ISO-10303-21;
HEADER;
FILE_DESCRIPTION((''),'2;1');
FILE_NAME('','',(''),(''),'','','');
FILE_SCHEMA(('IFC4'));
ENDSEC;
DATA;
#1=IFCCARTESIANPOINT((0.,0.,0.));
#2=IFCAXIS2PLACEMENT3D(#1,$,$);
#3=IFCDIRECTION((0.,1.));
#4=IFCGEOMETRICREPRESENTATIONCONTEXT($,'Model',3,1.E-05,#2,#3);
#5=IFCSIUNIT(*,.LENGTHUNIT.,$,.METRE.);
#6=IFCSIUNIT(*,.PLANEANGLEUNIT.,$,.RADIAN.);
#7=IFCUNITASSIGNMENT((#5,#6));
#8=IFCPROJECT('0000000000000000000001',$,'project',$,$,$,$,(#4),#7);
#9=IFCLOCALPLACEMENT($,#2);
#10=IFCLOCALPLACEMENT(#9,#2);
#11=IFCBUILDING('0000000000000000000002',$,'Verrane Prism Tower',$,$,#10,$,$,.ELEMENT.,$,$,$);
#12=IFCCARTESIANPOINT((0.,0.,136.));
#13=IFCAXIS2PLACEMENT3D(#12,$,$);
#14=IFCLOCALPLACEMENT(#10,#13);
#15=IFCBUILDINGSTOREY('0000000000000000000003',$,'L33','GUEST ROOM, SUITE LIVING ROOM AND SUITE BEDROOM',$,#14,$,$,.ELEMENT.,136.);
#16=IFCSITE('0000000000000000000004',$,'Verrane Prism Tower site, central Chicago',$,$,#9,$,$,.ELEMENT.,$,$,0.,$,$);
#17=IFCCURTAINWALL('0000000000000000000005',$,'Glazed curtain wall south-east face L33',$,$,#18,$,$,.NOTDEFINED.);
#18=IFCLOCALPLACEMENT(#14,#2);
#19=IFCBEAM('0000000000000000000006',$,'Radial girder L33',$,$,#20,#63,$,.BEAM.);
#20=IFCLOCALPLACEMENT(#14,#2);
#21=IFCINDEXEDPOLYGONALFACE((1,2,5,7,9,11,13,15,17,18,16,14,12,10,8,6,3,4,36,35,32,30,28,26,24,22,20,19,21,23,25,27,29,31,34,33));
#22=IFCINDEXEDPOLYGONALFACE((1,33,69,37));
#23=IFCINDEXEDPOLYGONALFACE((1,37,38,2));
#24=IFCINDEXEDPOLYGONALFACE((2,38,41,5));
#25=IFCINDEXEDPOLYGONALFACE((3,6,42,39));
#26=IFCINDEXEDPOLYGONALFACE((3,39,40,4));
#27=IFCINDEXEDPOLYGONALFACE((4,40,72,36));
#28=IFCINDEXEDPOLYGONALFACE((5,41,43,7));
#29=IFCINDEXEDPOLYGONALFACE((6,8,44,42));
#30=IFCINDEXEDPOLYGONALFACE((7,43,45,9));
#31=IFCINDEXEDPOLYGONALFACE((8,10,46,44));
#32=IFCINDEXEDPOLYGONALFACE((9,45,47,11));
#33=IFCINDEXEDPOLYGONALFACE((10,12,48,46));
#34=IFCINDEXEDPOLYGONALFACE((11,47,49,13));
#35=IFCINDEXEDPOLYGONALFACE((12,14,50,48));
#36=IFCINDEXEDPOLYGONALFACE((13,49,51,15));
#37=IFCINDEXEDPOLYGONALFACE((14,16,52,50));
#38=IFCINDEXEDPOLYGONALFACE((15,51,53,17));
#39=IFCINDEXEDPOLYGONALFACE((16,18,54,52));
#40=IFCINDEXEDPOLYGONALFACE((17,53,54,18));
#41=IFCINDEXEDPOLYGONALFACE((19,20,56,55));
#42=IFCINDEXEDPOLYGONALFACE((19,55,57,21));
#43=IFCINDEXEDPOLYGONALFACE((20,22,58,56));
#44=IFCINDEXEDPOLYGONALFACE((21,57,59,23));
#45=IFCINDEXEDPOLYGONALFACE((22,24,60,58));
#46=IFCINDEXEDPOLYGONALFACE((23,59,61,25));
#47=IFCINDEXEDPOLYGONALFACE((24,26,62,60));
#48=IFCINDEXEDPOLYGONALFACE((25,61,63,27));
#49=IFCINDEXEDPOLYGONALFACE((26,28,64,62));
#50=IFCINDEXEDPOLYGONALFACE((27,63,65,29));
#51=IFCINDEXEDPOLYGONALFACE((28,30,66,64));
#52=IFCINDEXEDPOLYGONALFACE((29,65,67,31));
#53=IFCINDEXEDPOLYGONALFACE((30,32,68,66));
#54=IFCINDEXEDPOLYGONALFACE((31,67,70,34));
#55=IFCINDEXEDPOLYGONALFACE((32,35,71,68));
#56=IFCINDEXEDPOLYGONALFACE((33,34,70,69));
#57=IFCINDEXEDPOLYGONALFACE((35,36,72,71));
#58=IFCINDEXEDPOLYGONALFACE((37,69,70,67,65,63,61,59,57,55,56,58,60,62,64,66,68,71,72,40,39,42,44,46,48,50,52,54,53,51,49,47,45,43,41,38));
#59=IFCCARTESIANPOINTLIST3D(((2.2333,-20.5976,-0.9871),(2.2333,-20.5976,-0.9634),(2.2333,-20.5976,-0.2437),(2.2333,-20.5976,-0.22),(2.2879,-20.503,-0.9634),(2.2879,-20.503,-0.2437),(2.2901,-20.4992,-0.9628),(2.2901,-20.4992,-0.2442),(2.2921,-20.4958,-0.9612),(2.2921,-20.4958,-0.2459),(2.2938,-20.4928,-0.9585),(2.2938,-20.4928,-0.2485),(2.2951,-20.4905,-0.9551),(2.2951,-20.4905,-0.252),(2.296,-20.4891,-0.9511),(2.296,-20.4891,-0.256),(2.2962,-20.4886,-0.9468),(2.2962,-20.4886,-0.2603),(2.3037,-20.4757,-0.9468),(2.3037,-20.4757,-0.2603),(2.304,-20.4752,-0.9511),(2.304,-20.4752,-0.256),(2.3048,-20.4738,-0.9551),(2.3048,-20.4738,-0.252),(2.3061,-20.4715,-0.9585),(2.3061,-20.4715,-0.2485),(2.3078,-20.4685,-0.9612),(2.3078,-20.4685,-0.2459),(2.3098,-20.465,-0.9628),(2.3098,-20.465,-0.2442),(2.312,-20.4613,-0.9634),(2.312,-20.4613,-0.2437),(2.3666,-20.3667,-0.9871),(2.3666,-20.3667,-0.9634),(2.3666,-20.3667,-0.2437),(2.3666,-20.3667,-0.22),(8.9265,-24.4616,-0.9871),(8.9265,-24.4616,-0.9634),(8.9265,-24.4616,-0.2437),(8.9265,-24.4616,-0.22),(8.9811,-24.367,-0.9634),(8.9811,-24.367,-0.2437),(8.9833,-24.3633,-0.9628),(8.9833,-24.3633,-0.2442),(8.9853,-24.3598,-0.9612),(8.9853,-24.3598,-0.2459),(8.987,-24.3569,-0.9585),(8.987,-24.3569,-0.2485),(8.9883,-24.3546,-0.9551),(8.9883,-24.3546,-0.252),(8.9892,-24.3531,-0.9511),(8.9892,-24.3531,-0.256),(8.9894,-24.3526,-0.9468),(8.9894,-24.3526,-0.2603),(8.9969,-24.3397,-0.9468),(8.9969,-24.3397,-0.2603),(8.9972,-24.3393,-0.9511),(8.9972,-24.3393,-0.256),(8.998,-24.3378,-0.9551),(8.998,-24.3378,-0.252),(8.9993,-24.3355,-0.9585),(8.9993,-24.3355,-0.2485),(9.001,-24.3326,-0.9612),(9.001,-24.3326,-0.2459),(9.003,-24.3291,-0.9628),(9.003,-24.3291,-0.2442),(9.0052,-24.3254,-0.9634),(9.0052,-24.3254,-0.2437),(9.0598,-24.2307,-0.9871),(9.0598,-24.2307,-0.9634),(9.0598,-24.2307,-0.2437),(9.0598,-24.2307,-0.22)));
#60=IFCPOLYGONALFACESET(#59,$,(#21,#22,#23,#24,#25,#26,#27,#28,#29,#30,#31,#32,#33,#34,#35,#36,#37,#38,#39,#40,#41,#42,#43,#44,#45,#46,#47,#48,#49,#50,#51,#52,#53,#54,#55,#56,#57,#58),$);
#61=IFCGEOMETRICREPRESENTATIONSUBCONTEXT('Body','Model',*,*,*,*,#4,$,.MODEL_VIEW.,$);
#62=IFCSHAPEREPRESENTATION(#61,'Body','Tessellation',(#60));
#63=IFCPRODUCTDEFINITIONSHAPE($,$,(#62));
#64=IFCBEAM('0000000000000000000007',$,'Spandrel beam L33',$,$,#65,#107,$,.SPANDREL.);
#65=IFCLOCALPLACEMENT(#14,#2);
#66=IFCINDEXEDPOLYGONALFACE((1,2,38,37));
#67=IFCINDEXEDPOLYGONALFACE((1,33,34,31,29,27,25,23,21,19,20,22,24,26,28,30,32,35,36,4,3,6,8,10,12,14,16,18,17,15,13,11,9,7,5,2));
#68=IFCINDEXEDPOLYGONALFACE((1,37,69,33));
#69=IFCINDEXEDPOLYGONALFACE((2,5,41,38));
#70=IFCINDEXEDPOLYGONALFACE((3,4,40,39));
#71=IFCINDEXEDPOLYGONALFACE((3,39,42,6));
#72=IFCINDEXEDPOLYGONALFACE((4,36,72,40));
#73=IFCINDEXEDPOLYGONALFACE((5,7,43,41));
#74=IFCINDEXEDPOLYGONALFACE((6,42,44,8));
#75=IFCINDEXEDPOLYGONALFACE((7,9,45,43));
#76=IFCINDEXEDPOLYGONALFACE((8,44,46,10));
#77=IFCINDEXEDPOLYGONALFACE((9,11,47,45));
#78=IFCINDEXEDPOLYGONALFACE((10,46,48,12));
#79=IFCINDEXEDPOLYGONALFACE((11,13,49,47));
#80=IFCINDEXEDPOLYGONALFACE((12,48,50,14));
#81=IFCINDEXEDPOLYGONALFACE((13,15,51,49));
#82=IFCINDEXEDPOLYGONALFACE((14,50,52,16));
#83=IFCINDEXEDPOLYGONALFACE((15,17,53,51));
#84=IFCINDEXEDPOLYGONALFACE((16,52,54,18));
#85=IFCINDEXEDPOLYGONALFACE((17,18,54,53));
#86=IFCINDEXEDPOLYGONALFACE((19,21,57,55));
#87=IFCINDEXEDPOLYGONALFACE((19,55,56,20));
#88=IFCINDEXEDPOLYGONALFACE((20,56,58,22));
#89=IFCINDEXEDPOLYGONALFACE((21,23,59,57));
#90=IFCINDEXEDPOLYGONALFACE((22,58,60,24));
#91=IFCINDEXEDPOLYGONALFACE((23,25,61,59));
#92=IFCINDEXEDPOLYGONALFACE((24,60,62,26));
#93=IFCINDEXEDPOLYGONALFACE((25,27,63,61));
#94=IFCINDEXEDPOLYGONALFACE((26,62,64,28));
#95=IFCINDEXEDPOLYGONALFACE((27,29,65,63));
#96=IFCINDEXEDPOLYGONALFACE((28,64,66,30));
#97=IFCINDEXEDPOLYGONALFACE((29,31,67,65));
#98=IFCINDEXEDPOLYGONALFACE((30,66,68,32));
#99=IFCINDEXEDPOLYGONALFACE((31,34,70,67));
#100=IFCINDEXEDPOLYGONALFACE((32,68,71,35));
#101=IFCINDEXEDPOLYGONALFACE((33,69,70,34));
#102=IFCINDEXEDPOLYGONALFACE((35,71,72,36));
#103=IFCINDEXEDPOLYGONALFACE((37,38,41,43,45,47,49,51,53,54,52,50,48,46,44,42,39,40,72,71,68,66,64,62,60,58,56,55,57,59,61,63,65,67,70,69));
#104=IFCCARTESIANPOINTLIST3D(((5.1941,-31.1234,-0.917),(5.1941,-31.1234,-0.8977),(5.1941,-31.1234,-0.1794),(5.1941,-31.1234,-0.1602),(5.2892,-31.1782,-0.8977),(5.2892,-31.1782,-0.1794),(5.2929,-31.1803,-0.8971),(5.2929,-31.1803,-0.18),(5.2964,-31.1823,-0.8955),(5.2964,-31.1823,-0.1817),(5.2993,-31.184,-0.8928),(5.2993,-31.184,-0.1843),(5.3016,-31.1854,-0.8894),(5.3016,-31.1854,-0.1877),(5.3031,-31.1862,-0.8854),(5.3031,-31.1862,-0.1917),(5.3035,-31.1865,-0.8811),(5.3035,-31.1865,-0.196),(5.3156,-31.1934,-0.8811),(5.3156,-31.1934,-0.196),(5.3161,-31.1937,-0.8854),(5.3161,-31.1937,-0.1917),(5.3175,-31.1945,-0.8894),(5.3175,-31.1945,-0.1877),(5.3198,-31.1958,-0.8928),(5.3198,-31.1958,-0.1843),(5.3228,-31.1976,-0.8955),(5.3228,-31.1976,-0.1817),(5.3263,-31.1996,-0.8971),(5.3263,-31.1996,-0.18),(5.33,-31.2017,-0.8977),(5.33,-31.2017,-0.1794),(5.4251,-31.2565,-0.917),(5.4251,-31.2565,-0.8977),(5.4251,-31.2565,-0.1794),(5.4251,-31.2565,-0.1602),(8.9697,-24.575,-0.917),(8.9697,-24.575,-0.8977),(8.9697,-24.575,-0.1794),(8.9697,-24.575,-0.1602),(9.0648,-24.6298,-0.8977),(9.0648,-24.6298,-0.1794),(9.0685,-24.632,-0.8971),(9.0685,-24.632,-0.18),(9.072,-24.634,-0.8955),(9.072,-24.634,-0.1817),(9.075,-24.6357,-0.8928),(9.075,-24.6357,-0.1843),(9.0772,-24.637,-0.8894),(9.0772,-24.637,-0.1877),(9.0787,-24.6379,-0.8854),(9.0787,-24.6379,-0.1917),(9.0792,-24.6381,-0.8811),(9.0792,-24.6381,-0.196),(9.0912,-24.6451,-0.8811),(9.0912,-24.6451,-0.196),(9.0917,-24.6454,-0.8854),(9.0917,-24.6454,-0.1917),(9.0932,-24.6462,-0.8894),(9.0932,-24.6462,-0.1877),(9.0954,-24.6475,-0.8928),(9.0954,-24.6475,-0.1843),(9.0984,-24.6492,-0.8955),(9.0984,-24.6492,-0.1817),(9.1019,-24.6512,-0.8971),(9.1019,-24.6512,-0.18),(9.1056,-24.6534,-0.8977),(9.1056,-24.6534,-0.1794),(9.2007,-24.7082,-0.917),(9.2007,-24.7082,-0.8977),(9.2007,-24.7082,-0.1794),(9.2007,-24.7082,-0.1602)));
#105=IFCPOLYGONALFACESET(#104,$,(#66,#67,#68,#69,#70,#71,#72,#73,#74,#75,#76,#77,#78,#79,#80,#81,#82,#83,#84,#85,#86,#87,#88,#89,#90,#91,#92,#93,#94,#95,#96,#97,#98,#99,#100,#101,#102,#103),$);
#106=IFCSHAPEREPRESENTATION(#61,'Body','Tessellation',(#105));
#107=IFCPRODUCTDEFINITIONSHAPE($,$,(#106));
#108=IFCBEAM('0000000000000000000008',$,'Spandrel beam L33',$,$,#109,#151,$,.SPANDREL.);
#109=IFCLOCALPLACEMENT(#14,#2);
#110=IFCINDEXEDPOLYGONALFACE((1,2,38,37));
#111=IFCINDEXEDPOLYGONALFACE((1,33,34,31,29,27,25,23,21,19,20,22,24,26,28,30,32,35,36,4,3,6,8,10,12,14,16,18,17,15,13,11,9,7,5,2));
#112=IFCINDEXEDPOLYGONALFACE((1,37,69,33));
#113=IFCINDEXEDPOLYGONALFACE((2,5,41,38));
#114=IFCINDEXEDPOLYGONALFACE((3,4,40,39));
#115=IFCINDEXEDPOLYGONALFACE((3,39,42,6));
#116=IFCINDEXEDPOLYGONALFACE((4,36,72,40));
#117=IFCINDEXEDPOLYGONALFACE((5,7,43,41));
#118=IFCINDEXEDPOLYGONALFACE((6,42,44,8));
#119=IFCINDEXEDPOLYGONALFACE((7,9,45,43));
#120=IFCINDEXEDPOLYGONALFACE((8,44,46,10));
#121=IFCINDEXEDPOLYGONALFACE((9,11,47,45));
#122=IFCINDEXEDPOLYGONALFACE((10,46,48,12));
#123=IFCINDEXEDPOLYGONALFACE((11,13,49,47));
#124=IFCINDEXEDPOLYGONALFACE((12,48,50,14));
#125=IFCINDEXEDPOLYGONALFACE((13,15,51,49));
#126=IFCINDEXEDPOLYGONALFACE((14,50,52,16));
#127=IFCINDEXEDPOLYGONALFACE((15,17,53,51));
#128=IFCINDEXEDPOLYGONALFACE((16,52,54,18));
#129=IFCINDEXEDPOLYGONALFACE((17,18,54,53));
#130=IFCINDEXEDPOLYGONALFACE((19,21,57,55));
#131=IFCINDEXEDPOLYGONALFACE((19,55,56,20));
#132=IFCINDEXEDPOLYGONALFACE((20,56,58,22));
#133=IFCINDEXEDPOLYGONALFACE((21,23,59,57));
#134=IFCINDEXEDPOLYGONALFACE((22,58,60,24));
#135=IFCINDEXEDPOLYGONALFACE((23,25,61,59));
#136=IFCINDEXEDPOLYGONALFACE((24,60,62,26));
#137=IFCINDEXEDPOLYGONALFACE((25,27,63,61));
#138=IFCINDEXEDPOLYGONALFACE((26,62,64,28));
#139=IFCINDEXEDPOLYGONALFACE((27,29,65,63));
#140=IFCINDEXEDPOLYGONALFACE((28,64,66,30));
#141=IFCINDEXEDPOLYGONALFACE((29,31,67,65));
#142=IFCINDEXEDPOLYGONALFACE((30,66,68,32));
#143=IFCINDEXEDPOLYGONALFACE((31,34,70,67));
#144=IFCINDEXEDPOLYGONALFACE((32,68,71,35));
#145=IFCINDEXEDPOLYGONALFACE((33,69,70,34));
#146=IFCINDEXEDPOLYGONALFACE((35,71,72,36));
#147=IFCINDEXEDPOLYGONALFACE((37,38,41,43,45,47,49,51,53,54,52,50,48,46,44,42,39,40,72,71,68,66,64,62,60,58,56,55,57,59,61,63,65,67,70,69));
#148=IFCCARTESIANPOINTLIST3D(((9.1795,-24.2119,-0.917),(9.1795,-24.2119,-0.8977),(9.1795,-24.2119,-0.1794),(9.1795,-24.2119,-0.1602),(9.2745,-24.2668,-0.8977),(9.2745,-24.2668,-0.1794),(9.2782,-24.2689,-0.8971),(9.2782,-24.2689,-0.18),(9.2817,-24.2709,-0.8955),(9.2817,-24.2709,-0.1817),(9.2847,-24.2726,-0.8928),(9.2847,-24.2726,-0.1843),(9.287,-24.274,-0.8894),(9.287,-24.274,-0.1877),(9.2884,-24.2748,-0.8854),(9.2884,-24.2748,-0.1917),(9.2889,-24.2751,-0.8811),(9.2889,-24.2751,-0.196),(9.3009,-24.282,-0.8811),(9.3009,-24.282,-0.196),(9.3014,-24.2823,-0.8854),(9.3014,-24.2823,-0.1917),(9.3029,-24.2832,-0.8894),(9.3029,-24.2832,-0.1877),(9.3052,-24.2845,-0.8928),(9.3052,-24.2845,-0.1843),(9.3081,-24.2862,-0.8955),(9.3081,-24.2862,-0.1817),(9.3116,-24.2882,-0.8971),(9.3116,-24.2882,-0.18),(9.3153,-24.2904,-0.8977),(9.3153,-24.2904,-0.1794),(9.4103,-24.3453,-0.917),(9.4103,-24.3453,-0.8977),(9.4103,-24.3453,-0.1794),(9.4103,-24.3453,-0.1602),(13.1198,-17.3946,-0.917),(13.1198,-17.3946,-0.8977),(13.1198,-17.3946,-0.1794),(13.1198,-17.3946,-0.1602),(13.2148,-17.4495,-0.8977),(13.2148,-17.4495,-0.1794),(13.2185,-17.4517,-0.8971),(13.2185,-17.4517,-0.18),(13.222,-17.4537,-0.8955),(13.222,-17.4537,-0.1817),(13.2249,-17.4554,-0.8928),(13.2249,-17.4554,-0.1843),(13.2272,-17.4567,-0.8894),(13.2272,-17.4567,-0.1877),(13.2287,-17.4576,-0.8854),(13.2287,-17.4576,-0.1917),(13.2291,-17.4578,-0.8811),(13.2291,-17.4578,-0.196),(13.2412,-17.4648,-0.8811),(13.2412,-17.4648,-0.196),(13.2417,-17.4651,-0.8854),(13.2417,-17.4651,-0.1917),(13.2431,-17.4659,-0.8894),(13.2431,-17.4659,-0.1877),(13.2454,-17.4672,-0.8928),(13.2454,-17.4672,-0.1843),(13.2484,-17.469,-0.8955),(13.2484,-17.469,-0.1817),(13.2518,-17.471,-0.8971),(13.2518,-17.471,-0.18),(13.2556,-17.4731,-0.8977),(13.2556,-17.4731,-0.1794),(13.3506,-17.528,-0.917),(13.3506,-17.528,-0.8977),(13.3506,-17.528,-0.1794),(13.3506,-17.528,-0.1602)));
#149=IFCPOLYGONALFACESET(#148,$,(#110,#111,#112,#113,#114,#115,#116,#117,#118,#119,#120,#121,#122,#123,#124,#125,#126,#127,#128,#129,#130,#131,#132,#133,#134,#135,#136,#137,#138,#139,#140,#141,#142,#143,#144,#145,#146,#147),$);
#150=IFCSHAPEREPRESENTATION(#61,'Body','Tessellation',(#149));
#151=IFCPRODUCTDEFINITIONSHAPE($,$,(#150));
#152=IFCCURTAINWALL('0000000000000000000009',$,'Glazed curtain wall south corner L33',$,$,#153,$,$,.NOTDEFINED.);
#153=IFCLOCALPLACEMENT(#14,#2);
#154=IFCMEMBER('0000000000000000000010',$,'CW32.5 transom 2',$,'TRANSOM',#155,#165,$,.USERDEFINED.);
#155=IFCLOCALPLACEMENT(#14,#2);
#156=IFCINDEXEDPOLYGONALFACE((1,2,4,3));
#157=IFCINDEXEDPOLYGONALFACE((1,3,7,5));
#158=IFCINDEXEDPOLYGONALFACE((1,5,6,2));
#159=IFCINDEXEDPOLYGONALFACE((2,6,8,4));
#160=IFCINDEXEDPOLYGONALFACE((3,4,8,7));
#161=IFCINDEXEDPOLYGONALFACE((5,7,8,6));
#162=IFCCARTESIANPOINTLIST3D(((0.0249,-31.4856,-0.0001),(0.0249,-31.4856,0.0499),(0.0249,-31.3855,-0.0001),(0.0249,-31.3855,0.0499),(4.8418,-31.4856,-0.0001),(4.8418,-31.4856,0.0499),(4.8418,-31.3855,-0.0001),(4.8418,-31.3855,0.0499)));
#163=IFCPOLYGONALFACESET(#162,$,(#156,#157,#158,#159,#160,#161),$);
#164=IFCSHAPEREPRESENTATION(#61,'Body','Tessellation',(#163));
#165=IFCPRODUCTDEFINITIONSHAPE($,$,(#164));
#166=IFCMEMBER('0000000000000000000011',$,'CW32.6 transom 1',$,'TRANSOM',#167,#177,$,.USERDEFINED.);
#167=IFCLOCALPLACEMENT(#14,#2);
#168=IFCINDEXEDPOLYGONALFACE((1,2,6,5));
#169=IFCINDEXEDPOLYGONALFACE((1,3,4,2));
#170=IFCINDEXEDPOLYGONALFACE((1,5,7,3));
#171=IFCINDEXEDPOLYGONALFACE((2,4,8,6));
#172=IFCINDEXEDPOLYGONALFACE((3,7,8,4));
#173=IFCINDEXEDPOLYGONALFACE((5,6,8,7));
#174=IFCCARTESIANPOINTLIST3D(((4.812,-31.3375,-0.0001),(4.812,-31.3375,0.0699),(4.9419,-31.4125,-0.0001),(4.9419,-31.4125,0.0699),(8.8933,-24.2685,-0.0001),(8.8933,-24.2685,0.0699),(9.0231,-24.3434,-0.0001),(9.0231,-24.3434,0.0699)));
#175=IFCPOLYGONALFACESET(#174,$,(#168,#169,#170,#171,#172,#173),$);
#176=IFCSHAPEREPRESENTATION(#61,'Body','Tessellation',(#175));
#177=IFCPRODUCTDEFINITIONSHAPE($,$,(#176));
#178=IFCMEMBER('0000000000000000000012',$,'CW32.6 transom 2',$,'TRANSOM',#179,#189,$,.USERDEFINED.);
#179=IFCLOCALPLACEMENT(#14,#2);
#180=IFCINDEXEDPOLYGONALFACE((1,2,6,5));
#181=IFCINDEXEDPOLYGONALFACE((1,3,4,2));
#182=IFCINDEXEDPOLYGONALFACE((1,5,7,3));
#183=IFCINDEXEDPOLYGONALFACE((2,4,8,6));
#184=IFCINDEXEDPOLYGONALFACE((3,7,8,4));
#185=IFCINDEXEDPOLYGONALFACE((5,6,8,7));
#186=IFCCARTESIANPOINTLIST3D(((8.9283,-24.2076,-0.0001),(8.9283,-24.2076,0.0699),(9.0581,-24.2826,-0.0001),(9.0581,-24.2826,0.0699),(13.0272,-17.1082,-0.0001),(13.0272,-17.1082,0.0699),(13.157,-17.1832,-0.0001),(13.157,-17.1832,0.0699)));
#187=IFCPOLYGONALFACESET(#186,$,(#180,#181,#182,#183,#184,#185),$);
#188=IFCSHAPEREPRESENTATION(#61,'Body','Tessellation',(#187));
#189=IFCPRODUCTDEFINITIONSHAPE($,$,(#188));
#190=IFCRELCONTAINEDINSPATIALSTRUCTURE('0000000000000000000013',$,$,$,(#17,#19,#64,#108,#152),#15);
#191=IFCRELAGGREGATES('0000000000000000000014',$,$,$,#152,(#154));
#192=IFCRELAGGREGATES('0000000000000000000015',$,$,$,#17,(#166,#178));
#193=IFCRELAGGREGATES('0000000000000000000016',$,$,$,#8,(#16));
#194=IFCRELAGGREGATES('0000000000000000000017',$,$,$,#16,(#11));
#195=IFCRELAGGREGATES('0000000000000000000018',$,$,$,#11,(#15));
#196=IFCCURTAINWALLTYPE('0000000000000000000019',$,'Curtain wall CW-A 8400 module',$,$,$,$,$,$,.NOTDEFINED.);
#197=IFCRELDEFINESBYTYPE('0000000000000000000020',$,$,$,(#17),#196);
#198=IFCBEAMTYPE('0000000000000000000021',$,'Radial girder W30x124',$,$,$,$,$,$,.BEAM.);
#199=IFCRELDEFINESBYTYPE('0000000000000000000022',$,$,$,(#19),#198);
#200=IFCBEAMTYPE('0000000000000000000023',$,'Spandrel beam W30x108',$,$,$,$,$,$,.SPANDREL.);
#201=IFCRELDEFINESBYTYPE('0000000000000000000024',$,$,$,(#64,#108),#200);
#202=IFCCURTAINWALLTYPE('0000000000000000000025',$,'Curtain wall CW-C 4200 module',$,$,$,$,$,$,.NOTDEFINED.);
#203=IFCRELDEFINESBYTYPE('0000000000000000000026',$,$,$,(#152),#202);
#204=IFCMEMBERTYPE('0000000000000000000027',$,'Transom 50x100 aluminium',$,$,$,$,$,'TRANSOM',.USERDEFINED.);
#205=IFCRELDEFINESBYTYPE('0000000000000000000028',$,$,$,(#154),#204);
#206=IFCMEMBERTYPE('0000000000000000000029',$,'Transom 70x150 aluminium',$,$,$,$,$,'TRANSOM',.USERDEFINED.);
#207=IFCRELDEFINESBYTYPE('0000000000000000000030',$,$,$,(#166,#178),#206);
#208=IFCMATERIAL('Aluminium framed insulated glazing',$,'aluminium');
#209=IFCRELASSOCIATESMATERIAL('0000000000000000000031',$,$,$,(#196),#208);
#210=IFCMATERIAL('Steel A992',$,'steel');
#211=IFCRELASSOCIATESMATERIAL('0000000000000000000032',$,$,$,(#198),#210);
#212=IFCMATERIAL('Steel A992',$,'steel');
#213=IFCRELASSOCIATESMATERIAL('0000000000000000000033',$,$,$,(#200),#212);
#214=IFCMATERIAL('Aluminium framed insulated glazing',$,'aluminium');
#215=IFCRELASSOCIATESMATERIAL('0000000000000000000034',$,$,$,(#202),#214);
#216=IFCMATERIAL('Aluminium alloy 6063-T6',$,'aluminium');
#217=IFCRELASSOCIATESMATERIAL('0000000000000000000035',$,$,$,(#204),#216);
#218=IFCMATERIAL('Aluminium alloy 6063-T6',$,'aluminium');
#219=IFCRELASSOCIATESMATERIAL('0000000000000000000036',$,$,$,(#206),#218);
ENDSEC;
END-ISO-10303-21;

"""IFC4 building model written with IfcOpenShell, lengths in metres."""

from ifc_helpers import new_model, si_unit, direction, frame, origin, origin_2d, place, context, subcontext, project, spatial, rectangle, i_section, extrude, material, material_profile, profile_set, type_object, element, aggregate, save


model = new_model("IFC4")

# Units and contexts
model_context = context("Model", 3, precision=1e-05, world=origin(), true_north=direction((0.0, 1.0)))
body_context = subcontext(model_context, "Body", "Model", "MODEL_VIEW")
ifc_project = project(units=[si_unit("LENGTHUNIT", "METRE"), si_unit("PLANEANGLEUNIT", "RADIAN")], contexts=[model_context])

# Site, building, storey
site_placement = place(None, origin())
site = spatial("IfcSite", under=ifc_project, at=site_placement, Name="Verrane Prism Tower site, central Chicago", CompositionType="ELEMENT", RefElevation=0.0)
building_placement = place(site_placement, origin())
building = spatial("IfcBuilding", under=site, at=building_placement, Name="Verrane Prism Tower", CompositionType="ELEMENT")
storey_placement = place(building_placement, frame((0.0, 0.0, 136.0)))
storey = spatial("IfcBuildingStorey", under=building, at=storey_placement, Name="L33", Description="GUEST ROOM, SUITE LIVING ROOM AND SUITE BEDROOM", CompositionType="ELEMENT", Elevation=136.0)

# Curtain wall
ifc_material_1 = material(Name="Aluminium framed insulated glazing", Category="aluminium")
curtain_wall_type_1 = type_object("IfcCurtainWallType", Name="Curtain wall CW-A 8400 module", PredefinedType="NOTDEFINED", material=ifc_material_1)
curtain_wall_1_placement = place(storey_placement, origin())
curtain_wall_1 = element("IfcCurtainWall", 1, at=curtain_wall_1_placement, inside=storey, type_object=curtain_wall_type_1, Name="Glazed curtain wall south-east face L33", PredefinedType="NOTDEFINED")

# Beams
ifc_material_2 = material(Name="Steel A992", Category="steel")
ifc_material_profile_1 = material_profile(ifc_material_2, i_section(OverallWidth=0.2666, OverallDepth=0.7671, WebThickness=0.0149, FlangeThickness=0.0237, FilletRadius=0.0166, at=origin_2d()), Name="W30x124")
ifc_profile_set_1 = profile_set([ifc_material_profile_1], Name="Steel A992")
beam_type_1 = type_object("IfcBeamType", Name="Radial girder W30x124", PredefinedType="BEAM", material=ifc_profile_set_1)
beam_1_placement = place(storey_placement, frame((8.9932, -24.3462, -0.6035), z_axis=(-0.86604, 0.499975, 0.0), x_axis=(-0.499975, -0.86604, 0.0)))
element("IfcBeam", 2, at=beam_1_placement, inside=storey, type_object=beam_type_1, Name="Radial girder L33", PredefinedType="BEAM", context=body_context, shape_type="SweptSolid", body=[
    extrude(i_section(OverallWidth=0.2666, OverallDepth=0.7671, WebThickness=0.0149, FlangeThickness=0.0237, FilletRadius=0.0166, at=origin_2d()), origin(), (0.0, 0.0, 1.0), 7.7285),
])
ifc_material_3 = material(Name="Steel A992", Category="steel")
ifc_material_profile_2 = material_profile(ifc_material_3, i_section(OverallWidth=0.2666, OverallDepth=0.7568, WebThickness=0.0139, FlangeThickness=0.0193, FilletRadius=0.0166, at=origin_2d()), Name="W30x108")
ifc_profile_set_2 = profile_set([ifc_material_profile_2], Name="Steel A992")
beam_type_2 = type_object("IfcBeamType", Name="Spandrel beam W30x108", PredefinedType="SPANDREL", material=ifc_profile_set_2)
beam_2_placement = place(storey_placement, frame((5.3096, -31.1899, -0.5386), z_axis=(0.499499, 0.866315, 0.0), x_axis=(-0.866315, 0.499499, 0.0)))
element("IfcBeam", 3, at=beam_2_placement, inside=storey, type_object=beam_type_2, Name="Spandrel beam L33", PredefinedType="SPANDREL", context=body_context, shape_type="SweptSolid", body=[
    extrude(i_section(OverallWidth=0.2666, OverallDepth=0.7568, WebThickness=0.0139, FlangeThickness=0.0193, FilletRadius=0.0166, at=origin_2d()), origin(), (0.0, 0.0, 1.0), 7.5588),
])
beam_3_placement = place(storey_placement, frame((9.2949, -24.2786, -0.5386), z_axis=(0.50041, 0.865788, 0.0), x_axis=(-0.865788, 0.50041, 0.0)))
element("IfcBeam", 4, at=beam_3_placement, inside=storey, type_object=beam_type_2, Name="Spandrel beam L33", PredefinedType="SPANDREL", context=body_context, shape_type="SweptSolid", body=[
    extrude(i_section(OverallWidth=0.2666, OverallDepth=0.7568, WebThickness=0.0139, FlangeThickness=0.0193, FilletRadius=0.0166, at=origin_2d()), origin(), (0.0, 0.0, 1.0), 7.874),
])

# Curtain wall, member
ifc_material_4 = material(Name="Aluminium framed insulated glazing", Category="aluminium")
curtain_wall_type_2 = type_object("IfcCurtainWallType", Name="Curtain wall CW-C 4200 module", PredefinedType="NOTDEFINED", material=ifc_material_4)
curtain_wall_2_placement = place(storey_placement, origin())
curtain_wall_2 = element("IfcCurtainWall", 5, at=curtain_wall_2_placement, inside=storey, type_object=curtain_wall_type_2, Name="Glazed curtain wall south corner L33", PredefinedType="NOTDEFINED")
ifc_material_5 = material(Name="Aluminium alloy 6063-T6", Category="aluminium")
ifc_material_profile_3 = material_profile(ifc_material_5, rectangle(XDim=0.1001, YDim=0.05, at=origin_2d()), Name="Transom 50x100 aluminium")
ifc_profile_set_3 = profile_set([ifc_material_profile_3], Name="Aluminium alloy 6063-T6")
member_type_1 = type_object("IfcMemberType", Name="Transom 50x100 aluminium", ElementType="TRANSOM", PredefinedType="USERDEFINED", material=ifc_profile_set_3)
member_1_placement = place(storey_placement, frame((0.0249, -31.4355, 0.0249), z_axis=(1.0, 0.0, 0.0), x_axis=(0.0, 1.0, 0.0)))
member_1 = element("IfcMember", 6, at=member_1_placement, type_object=member_type_1, Name="CW32.5 transom 2", ObjectType="TRANSOM", PredefinedType="USERDEFINED", context=body_context, shape_type="SweptSolid", body=[
    extrude(rectangle(XDim=0.1001, YDim=0.05, at=origin_2d()), origin(), (0.0, 0.0, 1.0), 4.8169),
])

# Members
ifc_material_6 = material(Name="Aluminium alloy 6063-T6", Category="aluminium")
ifc_material_profile_4 = material_profile(ifc_material_6, rectangle(XDim=0.1499, YDim=0.0701, at=origin_2d()), Name="Transom 70x150 aluminium")
ifc_profile_set_4 = profile_set([ifc_material_profile_4], Name="Aluminium alloy 6063-T6")
member_type_2 = type_object("IfcMemberType", Name="Transom 70x150 aluminium", ElementType="TRANSOM", PredefinedType="USERDEFINED", material=ifc_profile_set_4)
member_2_placement = place(storey_placement, frame((4.877, -31.375, 0.0349), z_axis=(0.499996, 0.866028, 0.0), x_axis=(-0.866028, 0.499996, 0.0)))
member_2 = element("IfcMember", 7, at=member_2_placement, type_object=member_type_2, Name="CW32.6 transom 1", ObjectType="TRANSOM", PredefinedType="USERDEFINED", context=body_context, shape_type="SweptSolid", body=[
    extrude(rectangle(XDim=0.1499, YDim=0.0701, at=origin_2d()), origin(), (0.0, 0.0, 1.0), 8.1626),
])
member_3_placement = place(storey_placement, frame((8.9932, -24.2451, 0.0349), z_axis=(0.500005, 0.866022, 0.0), x_axis=(-0.866022, 0.500005, 0.0)))
member_3 = element("IfcMember", 8, at=member_3_placement, type_object=member_type_2, Name="CW32.6 transom 2", ObjectType="TRANSOM", PredefinedType="USERDEFINED", context=body_context, shape_type="SweptSolid", body=[
    extrude(rectangle(XDim=0.1499, YDim=0.0701, at=origin_2d()), origin(), (0.0, 0.0, 1.0), 8.1978),
])

aggregate(curtain_wall_2, [member_1])
aggregate(curtain_wall_1, [member_2, member_3])

save(model, "model.ifc")
